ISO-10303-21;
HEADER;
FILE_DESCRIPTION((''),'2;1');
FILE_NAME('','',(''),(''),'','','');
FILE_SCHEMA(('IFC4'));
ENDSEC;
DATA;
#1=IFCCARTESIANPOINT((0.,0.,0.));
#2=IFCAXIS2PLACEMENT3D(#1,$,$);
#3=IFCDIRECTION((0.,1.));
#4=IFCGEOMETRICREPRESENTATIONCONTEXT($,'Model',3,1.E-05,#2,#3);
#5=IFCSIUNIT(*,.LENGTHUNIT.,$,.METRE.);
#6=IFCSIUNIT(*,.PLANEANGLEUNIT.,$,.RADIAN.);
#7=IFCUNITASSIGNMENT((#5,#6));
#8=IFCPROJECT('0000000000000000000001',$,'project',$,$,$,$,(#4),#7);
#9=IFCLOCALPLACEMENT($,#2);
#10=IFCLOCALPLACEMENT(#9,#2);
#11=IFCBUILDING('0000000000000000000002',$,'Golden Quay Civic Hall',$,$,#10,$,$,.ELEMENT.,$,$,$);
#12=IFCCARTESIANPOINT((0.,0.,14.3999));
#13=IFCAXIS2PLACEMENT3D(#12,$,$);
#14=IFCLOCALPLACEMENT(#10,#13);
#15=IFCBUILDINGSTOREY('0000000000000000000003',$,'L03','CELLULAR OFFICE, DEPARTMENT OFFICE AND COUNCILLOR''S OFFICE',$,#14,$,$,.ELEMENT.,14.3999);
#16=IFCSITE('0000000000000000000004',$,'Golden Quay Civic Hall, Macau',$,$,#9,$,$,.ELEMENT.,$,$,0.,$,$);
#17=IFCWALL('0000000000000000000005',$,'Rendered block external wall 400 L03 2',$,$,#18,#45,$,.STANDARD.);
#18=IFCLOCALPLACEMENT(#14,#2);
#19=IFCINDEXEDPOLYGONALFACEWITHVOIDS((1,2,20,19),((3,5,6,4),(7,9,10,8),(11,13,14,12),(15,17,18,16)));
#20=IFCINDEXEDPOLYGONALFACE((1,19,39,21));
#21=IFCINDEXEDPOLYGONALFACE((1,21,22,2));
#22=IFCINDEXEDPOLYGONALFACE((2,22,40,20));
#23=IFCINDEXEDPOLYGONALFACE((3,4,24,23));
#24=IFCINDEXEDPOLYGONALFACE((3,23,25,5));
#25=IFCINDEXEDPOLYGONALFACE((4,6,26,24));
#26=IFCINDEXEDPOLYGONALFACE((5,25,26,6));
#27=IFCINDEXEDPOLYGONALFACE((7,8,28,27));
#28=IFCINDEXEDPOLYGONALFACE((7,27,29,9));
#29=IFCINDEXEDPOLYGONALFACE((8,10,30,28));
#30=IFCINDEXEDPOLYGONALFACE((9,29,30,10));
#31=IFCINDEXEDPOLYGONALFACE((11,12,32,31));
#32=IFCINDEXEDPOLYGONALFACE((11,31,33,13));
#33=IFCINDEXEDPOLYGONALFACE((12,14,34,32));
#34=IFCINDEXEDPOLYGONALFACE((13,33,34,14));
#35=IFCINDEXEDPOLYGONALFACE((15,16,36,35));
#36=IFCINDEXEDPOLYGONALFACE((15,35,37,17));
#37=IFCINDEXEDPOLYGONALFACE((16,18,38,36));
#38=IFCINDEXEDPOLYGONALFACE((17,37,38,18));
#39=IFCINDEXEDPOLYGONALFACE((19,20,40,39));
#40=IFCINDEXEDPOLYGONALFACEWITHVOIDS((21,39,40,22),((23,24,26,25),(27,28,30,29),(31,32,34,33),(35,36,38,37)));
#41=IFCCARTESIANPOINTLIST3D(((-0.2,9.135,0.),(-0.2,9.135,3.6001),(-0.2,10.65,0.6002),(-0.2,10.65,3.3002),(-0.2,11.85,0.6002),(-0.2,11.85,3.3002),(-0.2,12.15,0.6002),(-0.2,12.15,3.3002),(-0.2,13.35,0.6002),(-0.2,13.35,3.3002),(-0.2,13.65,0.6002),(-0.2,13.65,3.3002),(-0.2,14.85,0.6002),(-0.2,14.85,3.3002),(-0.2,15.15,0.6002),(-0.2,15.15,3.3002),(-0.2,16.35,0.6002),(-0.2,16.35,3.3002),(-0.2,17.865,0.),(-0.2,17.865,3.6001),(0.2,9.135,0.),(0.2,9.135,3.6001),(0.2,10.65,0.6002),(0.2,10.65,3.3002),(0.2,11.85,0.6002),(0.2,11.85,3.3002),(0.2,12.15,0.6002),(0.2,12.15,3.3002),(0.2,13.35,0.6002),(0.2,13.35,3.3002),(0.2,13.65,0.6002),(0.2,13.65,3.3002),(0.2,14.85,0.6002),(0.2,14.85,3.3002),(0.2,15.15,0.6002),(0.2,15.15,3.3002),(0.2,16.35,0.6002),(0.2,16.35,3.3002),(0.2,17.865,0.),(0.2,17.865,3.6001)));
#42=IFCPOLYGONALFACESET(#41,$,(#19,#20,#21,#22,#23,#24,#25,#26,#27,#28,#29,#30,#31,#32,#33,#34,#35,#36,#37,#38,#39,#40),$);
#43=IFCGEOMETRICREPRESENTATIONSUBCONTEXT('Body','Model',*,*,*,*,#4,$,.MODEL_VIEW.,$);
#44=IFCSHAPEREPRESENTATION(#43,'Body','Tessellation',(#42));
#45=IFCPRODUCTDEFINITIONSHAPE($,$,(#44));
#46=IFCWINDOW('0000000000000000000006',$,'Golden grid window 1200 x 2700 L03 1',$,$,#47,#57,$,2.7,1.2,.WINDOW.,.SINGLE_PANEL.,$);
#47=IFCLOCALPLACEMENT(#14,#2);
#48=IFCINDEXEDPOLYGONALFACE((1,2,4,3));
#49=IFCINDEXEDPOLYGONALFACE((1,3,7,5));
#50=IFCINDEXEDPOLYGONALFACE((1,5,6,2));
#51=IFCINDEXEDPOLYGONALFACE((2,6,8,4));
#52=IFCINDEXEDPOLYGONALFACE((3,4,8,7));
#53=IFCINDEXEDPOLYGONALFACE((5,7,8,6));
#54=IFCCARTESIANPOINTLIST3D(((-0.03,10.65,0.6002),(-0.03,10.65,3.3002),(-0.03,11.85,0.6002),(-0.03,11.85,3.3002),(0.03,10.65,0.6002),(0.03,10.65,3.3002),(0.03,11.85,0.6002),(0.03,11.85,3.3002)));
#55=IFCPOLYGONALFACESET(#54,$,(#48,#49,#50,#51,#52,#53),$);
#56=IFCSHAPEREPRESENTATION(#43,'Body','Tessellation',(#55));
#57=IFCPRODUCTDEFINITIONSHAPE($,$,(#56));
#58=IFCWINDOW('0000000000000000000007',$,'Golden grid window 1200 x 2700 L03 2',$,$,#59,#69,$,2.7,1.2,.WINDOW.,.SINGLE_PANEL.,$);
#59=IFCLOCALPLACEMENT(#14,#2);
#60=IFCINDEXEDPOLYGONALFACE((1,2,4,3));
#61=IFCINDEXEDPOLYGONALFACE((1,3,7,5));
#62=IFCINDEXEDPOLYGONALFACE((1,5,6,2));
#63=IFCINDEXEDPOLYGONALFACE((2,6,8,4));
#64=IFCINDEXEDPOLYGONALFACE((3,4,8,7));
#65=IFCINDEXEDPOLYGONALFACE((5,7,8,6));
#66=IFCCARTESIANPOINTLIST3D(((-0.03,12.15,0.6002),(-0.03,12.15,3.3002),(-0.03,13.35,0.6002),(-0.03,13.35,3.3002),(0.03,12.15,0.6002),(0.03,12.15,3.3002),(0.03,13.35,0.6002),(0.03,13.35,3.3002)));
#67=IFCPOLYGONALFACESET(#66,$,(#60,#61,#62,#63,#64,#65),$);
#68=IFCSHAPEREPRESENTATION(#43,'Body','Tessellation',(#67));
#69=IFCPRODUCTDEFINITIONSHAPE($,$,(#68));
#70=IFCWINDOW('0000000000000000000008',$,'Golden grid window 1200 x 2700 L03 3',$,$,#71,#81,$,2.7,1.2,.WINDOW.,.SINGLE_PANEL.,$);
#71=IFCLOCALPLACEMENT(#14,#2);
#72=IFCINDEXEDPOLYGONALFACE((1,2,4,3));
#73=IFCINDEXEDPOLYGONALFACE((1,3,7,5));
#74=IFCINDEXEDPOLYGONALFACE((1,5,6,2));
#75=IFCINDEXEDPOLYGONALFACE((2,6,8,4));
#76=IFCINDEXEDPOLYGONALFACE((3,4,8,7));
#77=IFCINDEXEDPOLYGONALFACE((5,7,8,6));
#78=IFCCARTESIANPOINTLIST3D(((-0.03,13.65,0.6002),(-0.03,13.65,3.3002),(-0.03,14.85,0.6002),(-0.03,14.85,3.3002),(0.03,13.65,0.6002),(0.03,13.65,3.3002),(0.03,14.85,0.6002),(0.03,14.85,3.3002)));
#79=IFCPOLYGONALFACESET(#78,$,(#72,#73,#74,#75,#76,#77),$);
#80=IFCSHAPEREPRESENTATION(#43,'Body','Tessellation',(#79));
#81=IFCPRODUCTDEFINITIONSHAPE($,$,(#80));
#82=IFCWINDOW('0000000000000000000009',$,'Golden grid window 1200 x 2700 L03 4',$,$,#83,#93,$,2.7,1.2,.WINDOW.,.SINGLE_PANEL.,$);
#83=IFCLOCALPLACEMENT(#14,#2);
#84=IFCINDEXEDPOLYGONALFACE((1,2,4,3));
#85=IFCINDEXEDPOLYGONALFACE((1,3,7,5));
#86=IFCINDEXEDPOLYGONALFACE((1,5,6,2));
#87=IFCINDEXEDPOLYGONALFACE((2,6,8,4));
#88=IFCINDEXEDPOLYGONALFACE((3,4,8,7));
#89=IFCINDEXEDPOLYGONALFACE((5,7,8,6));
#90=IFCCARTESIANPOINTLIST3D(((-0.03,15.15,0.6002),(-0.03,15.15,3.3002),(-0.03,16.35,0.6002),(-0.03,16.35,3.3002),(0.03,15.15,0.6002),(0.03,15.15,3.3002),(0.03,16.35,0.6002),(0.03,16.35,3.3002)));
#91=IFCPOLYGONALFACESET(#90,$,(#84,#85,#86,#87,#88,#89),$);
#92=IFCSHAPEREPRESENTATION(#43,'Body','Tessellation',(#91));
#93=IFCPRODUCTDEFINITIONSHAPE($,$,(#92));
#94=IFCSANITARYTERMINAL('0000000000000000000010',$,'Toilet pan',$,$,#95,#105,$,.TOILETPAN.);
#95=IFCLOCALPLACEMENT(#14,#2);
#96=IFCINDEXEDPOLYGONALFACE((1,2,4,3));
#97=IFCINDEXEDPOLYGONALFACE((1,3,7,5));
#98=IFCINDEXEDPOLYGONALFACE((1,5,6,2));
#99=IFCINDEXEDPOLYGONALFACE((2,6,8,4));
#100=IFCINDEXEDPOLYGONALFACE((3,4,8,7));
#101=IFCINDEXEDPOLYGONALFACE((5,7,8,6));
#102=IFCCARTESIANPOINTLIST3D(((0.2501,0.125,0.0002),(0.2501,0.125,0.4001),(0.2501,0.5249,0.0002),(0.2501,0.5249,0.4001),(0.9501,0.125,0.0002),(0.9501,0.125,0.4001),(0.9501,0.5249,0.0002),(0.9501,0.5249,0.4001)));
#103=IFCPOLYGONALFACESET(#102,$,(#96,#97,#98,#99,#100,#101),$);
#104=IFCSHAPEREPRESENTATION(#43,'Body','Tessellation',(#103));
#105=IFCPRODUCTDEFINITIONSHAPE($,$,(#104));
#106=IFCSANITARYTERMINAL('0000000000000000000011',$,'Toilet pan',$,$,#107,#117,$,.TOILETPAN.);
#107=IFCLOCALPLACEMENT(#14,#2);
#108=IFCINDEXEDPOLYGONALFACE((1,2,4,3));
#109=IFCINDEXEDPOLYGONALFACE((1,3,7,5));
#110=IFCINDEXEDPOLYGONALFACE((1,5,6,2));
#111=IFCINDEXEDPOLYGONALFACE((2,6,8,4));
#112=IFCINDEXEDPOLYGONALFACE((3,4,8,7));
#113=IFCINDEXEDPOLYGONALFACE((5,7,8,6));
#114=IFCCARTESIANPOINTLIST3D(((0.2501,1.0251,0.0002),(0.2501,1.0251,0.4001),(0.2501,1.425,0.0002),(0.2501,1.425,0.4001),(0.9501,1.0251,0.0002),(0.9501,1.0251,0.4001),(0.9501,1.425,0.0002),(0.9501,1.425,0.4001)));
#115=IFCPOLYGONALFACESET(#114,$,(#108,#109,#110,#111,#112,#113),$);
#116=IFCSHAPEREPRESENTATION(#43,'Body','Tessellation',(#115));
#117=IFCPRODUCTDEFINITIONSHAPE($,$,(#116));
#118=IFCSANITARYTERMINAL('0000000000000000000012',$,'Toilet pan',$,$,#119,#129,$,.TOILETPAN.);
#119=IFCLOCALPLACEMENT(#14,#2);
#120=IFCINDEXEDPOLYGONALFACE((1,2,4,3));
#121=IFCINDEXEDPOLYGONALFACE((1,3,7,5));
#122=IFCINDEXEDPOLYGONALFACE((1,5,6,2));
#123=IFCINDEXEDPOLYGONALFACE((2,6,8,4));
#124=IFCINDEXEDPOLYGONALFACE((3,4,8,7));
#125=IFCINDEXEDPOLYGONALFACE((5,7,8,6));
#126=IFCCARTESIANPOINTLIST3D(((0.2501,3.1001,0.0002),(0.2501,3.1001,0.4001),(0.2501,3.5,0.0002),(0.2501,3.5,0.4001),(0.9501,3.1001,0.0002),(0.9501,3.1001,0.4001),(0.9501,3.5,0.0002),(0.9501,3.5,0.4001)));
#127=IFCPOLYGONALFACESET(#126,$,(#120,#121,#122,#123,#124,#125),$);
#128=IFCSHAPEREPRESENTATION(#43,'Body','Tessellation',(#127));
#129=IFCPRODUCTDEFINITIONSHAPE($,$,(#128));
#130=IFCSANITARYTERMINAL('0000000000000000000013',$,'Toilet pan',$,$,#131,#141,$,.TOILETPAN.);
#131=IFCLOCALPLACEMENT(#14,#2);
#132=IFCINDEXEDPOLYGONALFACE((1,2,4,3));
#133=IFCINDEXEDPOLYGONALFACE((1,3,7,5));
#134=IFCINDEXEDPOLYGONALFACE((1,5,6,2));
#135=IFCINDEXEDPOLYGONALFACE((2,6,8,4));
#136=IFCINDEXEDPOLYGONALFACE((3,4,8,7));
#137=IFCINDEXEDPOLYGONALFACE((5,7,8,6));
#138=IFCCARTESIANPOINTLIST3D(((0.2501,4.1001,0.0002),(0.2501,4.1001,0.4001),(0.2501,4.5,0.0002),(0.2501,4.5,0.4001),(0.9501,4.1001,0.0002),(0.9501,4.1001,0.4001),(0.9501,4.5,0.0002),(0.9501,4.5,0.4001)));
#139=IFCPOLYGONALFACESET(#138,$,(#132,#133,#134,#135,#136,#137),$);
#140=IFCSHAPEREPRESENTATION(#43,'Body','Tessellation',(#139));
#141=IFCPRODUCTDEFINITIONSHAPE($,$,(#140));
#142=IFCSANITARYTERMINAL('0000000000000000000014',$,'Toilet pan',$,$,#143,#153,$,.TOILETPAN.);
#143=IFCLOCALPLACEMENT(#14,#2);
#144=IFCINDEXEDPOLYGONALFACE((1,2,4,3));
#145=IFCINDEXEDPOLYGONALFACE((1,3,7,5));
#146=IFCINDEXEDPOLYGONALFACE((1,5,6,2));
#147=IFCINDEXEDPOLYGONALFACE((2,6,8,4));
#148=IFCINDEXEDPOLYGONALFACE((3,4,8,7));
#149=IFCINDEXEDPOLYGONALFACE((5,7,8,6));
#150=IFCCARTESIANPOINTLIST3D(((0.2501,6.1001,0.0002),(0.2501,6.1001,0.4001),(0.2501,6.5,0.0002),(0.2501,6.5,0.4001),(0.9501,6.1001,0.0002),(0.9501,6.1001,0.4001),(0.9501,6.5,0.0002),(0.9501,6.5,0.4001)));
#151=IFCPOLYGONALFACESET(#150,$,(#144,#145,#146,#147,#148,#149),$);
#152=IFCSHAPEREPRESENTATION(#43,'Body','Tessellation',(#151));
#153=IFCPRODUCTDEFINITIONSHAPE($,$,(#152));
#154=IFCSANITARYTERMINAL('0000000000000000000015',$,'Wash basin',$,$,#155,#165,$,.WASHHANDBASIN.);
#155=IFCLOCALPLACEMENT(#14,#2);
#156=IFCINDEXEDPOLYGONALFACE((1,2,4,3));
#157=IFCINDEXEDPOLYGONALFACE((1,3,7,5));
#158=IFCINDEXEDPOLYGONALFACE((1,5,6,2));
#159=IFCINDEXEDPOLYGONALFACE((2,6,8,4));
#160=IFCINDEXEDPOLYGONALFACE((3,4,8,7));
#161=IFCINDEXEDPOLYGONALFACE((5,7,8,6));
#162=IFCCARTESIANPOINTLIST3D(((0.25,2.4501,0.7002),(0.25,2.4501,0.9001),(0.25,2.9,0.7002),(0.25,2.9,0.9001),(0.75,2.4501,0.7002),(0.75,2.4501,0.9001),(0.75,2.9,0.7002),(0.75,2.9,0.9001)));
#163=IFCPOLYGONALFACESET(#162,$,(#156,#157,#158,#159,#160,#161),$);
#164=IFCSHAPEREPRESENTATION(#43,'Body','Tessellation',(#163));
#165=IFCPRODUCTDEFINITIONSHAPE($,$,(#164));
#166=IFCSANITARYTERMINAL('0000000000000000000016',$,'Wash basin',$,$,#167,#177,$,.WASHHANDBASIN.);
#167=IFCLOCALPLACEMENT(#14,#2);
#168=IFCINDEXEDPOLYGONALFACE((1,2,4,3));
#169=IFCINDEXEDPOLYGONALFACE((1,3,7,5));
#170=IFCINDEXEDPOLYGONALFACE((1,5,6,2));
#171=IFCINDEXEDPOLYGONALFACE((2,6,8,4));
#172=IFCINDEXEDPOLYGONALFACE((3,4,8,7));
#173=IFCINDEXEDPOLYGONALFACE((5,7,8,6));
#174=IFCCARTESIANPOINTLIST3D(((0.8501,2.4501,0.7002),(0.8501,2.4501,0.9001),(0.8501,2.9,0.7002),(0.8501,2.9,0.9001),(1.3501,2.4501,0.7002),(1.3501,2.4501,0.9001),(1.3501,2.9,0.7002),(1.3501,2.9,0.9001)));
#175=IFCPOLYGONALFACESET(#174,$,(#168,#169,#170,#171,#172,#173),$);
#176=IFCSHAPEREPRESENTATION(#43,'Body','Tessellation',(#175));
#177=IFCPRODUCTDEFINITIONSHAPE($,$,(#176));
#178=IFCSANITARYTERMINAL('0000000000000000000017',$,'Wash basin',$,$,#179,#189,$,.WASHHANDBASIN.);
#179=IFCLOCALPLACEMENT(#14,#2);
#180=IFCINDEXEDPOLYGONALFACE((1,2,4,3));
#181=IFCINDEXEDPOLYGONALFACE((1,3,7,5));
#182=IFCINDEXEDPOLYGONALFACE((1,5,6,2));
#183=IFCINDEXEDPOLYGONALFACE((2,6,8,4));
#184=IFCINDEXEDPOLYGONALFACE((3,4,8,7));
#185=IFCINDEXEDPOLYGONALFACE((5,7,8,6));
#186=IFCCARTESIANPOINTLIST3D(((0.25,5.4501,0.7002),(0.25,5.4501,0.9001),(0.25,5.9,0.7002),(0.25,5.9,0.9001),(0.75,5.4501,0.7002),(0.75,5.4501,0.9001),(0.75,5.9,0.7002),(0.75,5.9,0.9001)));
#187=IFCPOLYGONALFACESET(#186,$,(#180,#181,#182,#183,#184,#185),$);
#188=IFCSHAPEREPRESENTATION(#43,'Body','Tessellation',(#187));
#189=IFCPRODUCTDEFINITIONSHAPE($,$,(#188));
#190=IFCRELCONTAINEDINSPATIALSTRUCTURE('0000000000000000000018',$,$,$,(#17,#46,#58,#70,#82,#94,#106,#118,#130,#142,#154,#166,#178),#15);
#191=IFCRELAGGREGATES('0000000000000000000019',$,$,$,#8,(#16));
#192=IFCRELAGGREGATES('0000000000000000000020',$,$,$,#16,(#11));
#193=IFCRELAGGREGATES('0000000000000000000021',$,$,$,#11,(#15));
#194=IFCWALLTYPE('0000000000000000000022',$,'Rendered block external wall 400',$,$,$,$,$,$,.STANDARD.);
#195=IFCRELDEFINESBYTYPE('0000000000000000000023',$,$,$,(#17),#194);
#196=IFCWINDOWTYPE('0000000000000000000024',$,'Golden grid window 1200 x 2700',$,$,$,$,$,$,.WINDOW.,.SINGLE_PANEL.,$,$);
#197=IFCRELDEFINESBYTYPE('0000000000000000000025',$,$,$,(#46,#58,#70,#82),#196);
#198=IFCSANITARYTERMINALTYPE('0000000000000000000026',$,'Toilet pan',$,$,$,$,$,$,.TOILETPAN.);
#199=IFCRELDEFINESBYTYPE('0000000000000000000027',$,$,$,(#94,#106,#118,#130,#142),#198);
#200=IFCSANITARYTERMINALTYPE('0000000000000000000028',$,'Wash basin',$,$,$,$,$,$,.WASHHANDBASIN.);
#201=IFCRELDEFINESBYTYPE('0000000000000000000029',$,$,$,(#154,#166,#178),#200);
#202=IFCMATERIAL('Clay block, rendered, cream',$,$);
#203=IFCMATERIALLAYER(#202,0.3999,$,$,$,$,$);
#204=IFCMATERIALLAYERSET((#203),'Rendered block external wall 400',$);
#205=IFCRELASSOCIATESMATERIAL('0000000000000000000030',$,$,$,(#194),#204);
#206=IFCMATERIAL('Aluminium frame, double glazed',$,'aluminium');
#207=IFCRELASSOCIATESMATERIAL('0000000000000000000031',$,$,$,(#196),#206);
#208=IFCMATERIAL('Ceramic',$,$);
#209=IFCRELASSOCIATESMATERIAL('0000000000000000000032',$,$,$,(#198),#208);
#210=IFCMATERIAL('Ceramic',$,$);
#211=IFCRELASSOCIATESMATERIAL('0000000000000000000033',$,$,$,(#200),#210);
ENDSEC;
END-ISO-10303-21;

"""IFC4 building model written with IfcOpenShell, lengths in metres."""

from ifc_helpers import new_model, si_unit, direction, frame, frame_2d, origin, origin_2d, place, context, subcontext, project, spatial, rectangle, extrude, material, layer, layer_set, type_object, element, fill, save


model = new_model("IFC4")

# Units and contexts
model_context = context("Model", 3, precision=1e-05, world=origin(), true_north=direction((0.0, 1.0)))
body_context = subcontext(model_context, "Body", "Model", "MODEL_VIEW")
ifc_project = project(units=[si_unit("LENGTHUNIT", "METRE"), si_unit("PLANEANGLEUNIT", "RADIAN")], contexts=[model_context])

# Site, building, storey
site_placement = place(None, origin())
site = spatial("IfcSite", under=ifc_project, at=site_placement, Name="Golden Quay Civic Hall, Macau", CompositionType="ELEMENT", RefElevation=0.0)
building_placement = place(site_placement, origin())
building = spatial("IfcBuilding", under=site, at=building_placement, Name="Golden Quay Civic Hall", CompositionType="ELEMENT")
storey_placement = place(building_placement, frame((0.0, 0.0, 14.3999)))
storey = spatial("IfcBuildingStorey", under=building, at=storey_placement, Name="L03", Description="CELLULAR OFFICE, DEPARTMENT OFFICE AND COUNCILLOR'S OFFICE", CompositionType="ELEMENT", Elevation=14.3999)

# Wall, openings, windows
ifc_material_1 = material(Name="Clay block, rendered, cream")
ifc_layer_1 = layer(ifc_material_1, 0.3999)
ifc_layer_set_1 = layer_set([ifc_layer_1], Name="Rendered block external wall 400")
wall_type_1 = type_object("IfcWallType", Name="Rendered block external wall 400", PredefinedType="STANDARD", material=ifc_layer_set_1)
wall_1_placement = place(storey_placement, frame((0.0, 9.135, 0.0), z_axis=(0.0, 0.0, 1.0), x_axis=(0.0, 1.0, 0.0)))
wall_1 = element("IfcWall", 1, at=wall_1_placement, inside=storey, type_object=wall_type_1, Name="Rendered block external wall 400 L03 2", PredefinedType="STANDARD", context=body_context, shape_type="SweptSolid", body=[
    extrude(rectangle(XDim=8.73, YDim=0.3999, at=frame_2d((4.365, 0.0))), origin(), (0.0, 0.0, 1.0), 3.6001),
])
opening_1_placement = place(wall_1_placement, frame((1.5149, 0.0, 0.6001)))
opening_1 = element("IfcOpeningElement", 2, at=opening_1_placement, cuts=wall_1, PredefinedType="OPENING", context=body_context, shape_type="SweptSolid", body=[
    extrude(rectangle(XDim=1.2, YDim=2.7, at=frame_2d((0.6001, 1.3501))), frame((0.0, 0.21, 0.0), z_axis=(0.0, -1.0, 0.0), x_axis=(1.0, 0.0, 0.0)), (0.0, 0.0, 1.0), 0.4199),
])
opening_2_placement = place(wall_1_placement, frame((3.0149, 0.0, 0.6001)))
opening_2 = element("IfcOpeningElement", 3, at=opening_2_placement, cuts=wall_1, PredefinedType="OPENING", context=body_context, shape_type="SweptSolid", body=[
    extrude(rectangle(XDim=1.2, YDim=2.7, at=frame_2d((0.6001, 1.3501))), frame((0.0, 0.21, 0.0), z_axis=(0.0, -1.0, 0.0), x_axis=(1.0, 0.0, 0.0)), (0.0, 0.0, 1.0), 0.4199),
])
opening_3_placement = place(wall_1_placement, frame((4.5149, 0.0, 0.6001)))
opening_3 = element("IfcOpeningElement", 4, at=opening_3_placement, cuts=wall_1, PredefinedType="OPENING", context=body_context, shape_type="SweptSolid", body=[
    extrude(rectangle(XDim=1.2, YDim=2.7, at=frame_2d((0.6001, 1.3501))), frame((0.0, 0.21, 0.0), z_axis=(0.0, -1.0, 0.0), x_axis=(1.0, 0.0, 0.0)), (0.0, 0.0, 1.0), 0.4199),
])
opening_4_placement = place(wall_1_placement, frame((6.0149, 0.0, 0.6001)))
opening_4 = element("IfcOpeningElement", 5, at=opening_4_placement, cuts=wall_1, PredefinedType="OPENING", context=body_context, shape_type="SweptSolid", body=[
    extrude(rectangle(XDim=1.2, YDim=2.7, at=frame_2d((0.6001, 1.3501))), frame((0.0, 0.21, 0.0), z_axis=(0.0, -1.0, 0.0), x_axis=(1.0, 0.0, 0.0)), (0.0, 0.0, 1.0), 0.4199),
])
ifc_material_2 = material(Name="Aluminium frame, double glazed", Category="aluminium")
window_type = type_object("IfcWindowType", Name="Golden grid window 1200 x 2700", PartitioningType="SINGLE_PANEL", PredefinedType="WINDOW", material=ifc_material_2)
window_1_placement = place(opening_1_placement, origin())
window_1 = element("IfcWindow", 6, at=window_1_placement, inside=storey, type_object=window_type, Name="Golden grid window 1200 x 2700 L03 1", OverallHeight=2.7, OverallWidth=1.2, PartitioningType="SINGLE_PANEL", PredefinedType="WINDOW", context=body_context, shape_type="SweptSolid", body=[
    extrude(rectangle(XDim=1.2, YDim=2.7, at=frame_2d((0.6001, 1.3501))), frame((0.0, 0.03, 0.0), z_axis=(0.0, -1.0, 0.0), x_axis=(1.0, 0.0, 0.0)), (0.0, 0.0, 1.0), 0.0601),
])
fill(opening_1, window_1)
window_2_placement = place(opening_2_placement, origin())
window_2 = element("IfcWindow", 7, at=window_2_placement, inside=storey, type_object=window_type, Name="Golden grid window 1200 x 2700 L03 2", OverallHeight=2.7, OverallWidth=1.2, PartitioningType="SINGLE_PANEL", PredefinedType="WINDOW", context=body_context, shape_type="SweptSolid", body=[
    extrude(rectangle(XDim=1.2, YDim=2.7, at=frame_2d((0.6001, 1.3501))), frame((0.0, 0.03, 0.0), z_axis=(0.0, -1.0, 0.0), x_axis=(1.0, 0.0, 0.0)), (0.0, 0.0, 1.0), 0.0601),
])
fill(opening_2, window_2)
window_3_placement = place(opening_3_placement, origin())
window_3 = element("IfcWindow", 8, at=window_3_placement, inside=storey, type_object=window_type, Name="Golden grid window 1200 x 2700 L03 3", OverallHeight=2.7, OverallWidth=1.2, PartitioningType="SINGLE_PANEL", PredefinedType="WINDOW", context=body_context, shape_type="SweptSolid", body=[
    extrude(rectangle(XDim=1.2, YDim=2.7, at=frame_2d((0.6001, 1.3501))), frame((0.0, 0.03, 0.0), z_axis=(0.0, -1.0, 0.0), x_axis=(1.0, 0.0, 0.0)), (0.0, 0.0, 1.0), 0.0601),
])
fill(opening_3, window_3)
window_4_placement = place(opening_4_placement, origin())
window_4 = element("IfcWindow", 9, at=window_4_placement, inside=storey, type_object=window_type, Name="Golden grid window 1200 x 2700 L03 4", OverallHeight=2.7, OverallWidth=1.2, PartitioningType="SINGLE_PANEL", PredefinedType="WINDOW", context=body_context, shape_type="SweptSolid", body=[
    extrude(rectangle(XDim=1.2, YDim=2.7, at=frame_2d((0.6001, 1.3501))), frame((0.0, 0.03, 0.0), z_axis=(0.0, -1.0, 0.0), x_axis=(1.0, 0.0, 0.0)), (0.0, 0.0, 1.0), 0.0601),
])
fill(opening_4, window_4)

# Sanitary terminals
ifc_material_3 = material(Name="Ceramic")
sanitary_terminal_type_1 = type_object("IfcSanitaryTerminalType", Name="Toilet pan", PredefinedType="TOILETPAN", material=ifc_material_3)
for number, where, z_axis, x_axis, name in (
    (10, (0.6001, 0.325, 0.0002), (0.0, 0.0, 1.0), (0.0, 1.0, 0.0), "Toilet pan"),
    (11, (0.6001, 1.2251, 0.0002), (0.0, 0.0, 1.0), (0.0, 1.0, 0.0), "Toilet pan"),
    (12, (0.6001, 3.3, 0.0002), (0.0, 0.0, 1.0), (0.0, 1.0, 0.0), "Toilet pan"),
    (13, (0.6001, 4.3, 0.0002), (0.0, 0.0, 1.0), (0.0, 1.0, 0.0), "Toilet pan"),
    (14, (0.6001, 6.3, 0.0002), (0.0, 0.0, 1.0), (0.0, 1.0, 0.0), "Toilet pan"),
):
    element("IfcSanitaryTerminal", number, at=place(storey_placement, frame(where, z_axis=z_axis, x_axis=x_axis)), inside=storey, type_object=sanitary_terminal_type_1, Name=name, PredefinedType="TOILETPAN", context=body_context, shape_type="SweptSolid", body=[
        extrude(rectangle(XDim=0.3999, YDim=0.7, at=origin_2d()), origin(), (0.0, 0.0, 1.0), 0.3999),
    ])
ifc_material_4 = material(Name="Ceramic")
sanitary_terminal_type_2 = type_object("IfcSanitaryTerminalType", Name="Wash basin", PredefinedType="WASHHANDBASIN", material=ifc_material_4)
for number, where, z_axis, x_axis, name in (
    (15, (0.5, 2.675, 0.7002), (0.0, 0.0, 1.0), (1.0, 0.0, 0.0), "Wash basin"),
    (16, (1.1001, 2.675, 0.7002), (0.0, 0.0, 1.0), (1.0, 0.0, 0.0), "Wash basin"),
    (17, (0.5, 5.675, 0.7002), (0.0, 0.0, 1.0), (1.0, 0.0, 0.0), "Wash basin"),
):
    element("IfcSanitaryTerminal", number, at=place(storey_placement, frame(where, z_axis=z_axis, x_axis=x_axis)), inside=storey, type_object=sanitary_terminal_type_2, Name=name, PredefinedType="WASHHANDBASIN", context=body_context, shape_type="SweptSolid", body=[
        extrude(rectangle(XDim=0.5, YDim=0.45, at=origin_2d()), origin(), (0.0, 0.0, 1.0), 0.2),
    ])

save(model, "model.ifc")
